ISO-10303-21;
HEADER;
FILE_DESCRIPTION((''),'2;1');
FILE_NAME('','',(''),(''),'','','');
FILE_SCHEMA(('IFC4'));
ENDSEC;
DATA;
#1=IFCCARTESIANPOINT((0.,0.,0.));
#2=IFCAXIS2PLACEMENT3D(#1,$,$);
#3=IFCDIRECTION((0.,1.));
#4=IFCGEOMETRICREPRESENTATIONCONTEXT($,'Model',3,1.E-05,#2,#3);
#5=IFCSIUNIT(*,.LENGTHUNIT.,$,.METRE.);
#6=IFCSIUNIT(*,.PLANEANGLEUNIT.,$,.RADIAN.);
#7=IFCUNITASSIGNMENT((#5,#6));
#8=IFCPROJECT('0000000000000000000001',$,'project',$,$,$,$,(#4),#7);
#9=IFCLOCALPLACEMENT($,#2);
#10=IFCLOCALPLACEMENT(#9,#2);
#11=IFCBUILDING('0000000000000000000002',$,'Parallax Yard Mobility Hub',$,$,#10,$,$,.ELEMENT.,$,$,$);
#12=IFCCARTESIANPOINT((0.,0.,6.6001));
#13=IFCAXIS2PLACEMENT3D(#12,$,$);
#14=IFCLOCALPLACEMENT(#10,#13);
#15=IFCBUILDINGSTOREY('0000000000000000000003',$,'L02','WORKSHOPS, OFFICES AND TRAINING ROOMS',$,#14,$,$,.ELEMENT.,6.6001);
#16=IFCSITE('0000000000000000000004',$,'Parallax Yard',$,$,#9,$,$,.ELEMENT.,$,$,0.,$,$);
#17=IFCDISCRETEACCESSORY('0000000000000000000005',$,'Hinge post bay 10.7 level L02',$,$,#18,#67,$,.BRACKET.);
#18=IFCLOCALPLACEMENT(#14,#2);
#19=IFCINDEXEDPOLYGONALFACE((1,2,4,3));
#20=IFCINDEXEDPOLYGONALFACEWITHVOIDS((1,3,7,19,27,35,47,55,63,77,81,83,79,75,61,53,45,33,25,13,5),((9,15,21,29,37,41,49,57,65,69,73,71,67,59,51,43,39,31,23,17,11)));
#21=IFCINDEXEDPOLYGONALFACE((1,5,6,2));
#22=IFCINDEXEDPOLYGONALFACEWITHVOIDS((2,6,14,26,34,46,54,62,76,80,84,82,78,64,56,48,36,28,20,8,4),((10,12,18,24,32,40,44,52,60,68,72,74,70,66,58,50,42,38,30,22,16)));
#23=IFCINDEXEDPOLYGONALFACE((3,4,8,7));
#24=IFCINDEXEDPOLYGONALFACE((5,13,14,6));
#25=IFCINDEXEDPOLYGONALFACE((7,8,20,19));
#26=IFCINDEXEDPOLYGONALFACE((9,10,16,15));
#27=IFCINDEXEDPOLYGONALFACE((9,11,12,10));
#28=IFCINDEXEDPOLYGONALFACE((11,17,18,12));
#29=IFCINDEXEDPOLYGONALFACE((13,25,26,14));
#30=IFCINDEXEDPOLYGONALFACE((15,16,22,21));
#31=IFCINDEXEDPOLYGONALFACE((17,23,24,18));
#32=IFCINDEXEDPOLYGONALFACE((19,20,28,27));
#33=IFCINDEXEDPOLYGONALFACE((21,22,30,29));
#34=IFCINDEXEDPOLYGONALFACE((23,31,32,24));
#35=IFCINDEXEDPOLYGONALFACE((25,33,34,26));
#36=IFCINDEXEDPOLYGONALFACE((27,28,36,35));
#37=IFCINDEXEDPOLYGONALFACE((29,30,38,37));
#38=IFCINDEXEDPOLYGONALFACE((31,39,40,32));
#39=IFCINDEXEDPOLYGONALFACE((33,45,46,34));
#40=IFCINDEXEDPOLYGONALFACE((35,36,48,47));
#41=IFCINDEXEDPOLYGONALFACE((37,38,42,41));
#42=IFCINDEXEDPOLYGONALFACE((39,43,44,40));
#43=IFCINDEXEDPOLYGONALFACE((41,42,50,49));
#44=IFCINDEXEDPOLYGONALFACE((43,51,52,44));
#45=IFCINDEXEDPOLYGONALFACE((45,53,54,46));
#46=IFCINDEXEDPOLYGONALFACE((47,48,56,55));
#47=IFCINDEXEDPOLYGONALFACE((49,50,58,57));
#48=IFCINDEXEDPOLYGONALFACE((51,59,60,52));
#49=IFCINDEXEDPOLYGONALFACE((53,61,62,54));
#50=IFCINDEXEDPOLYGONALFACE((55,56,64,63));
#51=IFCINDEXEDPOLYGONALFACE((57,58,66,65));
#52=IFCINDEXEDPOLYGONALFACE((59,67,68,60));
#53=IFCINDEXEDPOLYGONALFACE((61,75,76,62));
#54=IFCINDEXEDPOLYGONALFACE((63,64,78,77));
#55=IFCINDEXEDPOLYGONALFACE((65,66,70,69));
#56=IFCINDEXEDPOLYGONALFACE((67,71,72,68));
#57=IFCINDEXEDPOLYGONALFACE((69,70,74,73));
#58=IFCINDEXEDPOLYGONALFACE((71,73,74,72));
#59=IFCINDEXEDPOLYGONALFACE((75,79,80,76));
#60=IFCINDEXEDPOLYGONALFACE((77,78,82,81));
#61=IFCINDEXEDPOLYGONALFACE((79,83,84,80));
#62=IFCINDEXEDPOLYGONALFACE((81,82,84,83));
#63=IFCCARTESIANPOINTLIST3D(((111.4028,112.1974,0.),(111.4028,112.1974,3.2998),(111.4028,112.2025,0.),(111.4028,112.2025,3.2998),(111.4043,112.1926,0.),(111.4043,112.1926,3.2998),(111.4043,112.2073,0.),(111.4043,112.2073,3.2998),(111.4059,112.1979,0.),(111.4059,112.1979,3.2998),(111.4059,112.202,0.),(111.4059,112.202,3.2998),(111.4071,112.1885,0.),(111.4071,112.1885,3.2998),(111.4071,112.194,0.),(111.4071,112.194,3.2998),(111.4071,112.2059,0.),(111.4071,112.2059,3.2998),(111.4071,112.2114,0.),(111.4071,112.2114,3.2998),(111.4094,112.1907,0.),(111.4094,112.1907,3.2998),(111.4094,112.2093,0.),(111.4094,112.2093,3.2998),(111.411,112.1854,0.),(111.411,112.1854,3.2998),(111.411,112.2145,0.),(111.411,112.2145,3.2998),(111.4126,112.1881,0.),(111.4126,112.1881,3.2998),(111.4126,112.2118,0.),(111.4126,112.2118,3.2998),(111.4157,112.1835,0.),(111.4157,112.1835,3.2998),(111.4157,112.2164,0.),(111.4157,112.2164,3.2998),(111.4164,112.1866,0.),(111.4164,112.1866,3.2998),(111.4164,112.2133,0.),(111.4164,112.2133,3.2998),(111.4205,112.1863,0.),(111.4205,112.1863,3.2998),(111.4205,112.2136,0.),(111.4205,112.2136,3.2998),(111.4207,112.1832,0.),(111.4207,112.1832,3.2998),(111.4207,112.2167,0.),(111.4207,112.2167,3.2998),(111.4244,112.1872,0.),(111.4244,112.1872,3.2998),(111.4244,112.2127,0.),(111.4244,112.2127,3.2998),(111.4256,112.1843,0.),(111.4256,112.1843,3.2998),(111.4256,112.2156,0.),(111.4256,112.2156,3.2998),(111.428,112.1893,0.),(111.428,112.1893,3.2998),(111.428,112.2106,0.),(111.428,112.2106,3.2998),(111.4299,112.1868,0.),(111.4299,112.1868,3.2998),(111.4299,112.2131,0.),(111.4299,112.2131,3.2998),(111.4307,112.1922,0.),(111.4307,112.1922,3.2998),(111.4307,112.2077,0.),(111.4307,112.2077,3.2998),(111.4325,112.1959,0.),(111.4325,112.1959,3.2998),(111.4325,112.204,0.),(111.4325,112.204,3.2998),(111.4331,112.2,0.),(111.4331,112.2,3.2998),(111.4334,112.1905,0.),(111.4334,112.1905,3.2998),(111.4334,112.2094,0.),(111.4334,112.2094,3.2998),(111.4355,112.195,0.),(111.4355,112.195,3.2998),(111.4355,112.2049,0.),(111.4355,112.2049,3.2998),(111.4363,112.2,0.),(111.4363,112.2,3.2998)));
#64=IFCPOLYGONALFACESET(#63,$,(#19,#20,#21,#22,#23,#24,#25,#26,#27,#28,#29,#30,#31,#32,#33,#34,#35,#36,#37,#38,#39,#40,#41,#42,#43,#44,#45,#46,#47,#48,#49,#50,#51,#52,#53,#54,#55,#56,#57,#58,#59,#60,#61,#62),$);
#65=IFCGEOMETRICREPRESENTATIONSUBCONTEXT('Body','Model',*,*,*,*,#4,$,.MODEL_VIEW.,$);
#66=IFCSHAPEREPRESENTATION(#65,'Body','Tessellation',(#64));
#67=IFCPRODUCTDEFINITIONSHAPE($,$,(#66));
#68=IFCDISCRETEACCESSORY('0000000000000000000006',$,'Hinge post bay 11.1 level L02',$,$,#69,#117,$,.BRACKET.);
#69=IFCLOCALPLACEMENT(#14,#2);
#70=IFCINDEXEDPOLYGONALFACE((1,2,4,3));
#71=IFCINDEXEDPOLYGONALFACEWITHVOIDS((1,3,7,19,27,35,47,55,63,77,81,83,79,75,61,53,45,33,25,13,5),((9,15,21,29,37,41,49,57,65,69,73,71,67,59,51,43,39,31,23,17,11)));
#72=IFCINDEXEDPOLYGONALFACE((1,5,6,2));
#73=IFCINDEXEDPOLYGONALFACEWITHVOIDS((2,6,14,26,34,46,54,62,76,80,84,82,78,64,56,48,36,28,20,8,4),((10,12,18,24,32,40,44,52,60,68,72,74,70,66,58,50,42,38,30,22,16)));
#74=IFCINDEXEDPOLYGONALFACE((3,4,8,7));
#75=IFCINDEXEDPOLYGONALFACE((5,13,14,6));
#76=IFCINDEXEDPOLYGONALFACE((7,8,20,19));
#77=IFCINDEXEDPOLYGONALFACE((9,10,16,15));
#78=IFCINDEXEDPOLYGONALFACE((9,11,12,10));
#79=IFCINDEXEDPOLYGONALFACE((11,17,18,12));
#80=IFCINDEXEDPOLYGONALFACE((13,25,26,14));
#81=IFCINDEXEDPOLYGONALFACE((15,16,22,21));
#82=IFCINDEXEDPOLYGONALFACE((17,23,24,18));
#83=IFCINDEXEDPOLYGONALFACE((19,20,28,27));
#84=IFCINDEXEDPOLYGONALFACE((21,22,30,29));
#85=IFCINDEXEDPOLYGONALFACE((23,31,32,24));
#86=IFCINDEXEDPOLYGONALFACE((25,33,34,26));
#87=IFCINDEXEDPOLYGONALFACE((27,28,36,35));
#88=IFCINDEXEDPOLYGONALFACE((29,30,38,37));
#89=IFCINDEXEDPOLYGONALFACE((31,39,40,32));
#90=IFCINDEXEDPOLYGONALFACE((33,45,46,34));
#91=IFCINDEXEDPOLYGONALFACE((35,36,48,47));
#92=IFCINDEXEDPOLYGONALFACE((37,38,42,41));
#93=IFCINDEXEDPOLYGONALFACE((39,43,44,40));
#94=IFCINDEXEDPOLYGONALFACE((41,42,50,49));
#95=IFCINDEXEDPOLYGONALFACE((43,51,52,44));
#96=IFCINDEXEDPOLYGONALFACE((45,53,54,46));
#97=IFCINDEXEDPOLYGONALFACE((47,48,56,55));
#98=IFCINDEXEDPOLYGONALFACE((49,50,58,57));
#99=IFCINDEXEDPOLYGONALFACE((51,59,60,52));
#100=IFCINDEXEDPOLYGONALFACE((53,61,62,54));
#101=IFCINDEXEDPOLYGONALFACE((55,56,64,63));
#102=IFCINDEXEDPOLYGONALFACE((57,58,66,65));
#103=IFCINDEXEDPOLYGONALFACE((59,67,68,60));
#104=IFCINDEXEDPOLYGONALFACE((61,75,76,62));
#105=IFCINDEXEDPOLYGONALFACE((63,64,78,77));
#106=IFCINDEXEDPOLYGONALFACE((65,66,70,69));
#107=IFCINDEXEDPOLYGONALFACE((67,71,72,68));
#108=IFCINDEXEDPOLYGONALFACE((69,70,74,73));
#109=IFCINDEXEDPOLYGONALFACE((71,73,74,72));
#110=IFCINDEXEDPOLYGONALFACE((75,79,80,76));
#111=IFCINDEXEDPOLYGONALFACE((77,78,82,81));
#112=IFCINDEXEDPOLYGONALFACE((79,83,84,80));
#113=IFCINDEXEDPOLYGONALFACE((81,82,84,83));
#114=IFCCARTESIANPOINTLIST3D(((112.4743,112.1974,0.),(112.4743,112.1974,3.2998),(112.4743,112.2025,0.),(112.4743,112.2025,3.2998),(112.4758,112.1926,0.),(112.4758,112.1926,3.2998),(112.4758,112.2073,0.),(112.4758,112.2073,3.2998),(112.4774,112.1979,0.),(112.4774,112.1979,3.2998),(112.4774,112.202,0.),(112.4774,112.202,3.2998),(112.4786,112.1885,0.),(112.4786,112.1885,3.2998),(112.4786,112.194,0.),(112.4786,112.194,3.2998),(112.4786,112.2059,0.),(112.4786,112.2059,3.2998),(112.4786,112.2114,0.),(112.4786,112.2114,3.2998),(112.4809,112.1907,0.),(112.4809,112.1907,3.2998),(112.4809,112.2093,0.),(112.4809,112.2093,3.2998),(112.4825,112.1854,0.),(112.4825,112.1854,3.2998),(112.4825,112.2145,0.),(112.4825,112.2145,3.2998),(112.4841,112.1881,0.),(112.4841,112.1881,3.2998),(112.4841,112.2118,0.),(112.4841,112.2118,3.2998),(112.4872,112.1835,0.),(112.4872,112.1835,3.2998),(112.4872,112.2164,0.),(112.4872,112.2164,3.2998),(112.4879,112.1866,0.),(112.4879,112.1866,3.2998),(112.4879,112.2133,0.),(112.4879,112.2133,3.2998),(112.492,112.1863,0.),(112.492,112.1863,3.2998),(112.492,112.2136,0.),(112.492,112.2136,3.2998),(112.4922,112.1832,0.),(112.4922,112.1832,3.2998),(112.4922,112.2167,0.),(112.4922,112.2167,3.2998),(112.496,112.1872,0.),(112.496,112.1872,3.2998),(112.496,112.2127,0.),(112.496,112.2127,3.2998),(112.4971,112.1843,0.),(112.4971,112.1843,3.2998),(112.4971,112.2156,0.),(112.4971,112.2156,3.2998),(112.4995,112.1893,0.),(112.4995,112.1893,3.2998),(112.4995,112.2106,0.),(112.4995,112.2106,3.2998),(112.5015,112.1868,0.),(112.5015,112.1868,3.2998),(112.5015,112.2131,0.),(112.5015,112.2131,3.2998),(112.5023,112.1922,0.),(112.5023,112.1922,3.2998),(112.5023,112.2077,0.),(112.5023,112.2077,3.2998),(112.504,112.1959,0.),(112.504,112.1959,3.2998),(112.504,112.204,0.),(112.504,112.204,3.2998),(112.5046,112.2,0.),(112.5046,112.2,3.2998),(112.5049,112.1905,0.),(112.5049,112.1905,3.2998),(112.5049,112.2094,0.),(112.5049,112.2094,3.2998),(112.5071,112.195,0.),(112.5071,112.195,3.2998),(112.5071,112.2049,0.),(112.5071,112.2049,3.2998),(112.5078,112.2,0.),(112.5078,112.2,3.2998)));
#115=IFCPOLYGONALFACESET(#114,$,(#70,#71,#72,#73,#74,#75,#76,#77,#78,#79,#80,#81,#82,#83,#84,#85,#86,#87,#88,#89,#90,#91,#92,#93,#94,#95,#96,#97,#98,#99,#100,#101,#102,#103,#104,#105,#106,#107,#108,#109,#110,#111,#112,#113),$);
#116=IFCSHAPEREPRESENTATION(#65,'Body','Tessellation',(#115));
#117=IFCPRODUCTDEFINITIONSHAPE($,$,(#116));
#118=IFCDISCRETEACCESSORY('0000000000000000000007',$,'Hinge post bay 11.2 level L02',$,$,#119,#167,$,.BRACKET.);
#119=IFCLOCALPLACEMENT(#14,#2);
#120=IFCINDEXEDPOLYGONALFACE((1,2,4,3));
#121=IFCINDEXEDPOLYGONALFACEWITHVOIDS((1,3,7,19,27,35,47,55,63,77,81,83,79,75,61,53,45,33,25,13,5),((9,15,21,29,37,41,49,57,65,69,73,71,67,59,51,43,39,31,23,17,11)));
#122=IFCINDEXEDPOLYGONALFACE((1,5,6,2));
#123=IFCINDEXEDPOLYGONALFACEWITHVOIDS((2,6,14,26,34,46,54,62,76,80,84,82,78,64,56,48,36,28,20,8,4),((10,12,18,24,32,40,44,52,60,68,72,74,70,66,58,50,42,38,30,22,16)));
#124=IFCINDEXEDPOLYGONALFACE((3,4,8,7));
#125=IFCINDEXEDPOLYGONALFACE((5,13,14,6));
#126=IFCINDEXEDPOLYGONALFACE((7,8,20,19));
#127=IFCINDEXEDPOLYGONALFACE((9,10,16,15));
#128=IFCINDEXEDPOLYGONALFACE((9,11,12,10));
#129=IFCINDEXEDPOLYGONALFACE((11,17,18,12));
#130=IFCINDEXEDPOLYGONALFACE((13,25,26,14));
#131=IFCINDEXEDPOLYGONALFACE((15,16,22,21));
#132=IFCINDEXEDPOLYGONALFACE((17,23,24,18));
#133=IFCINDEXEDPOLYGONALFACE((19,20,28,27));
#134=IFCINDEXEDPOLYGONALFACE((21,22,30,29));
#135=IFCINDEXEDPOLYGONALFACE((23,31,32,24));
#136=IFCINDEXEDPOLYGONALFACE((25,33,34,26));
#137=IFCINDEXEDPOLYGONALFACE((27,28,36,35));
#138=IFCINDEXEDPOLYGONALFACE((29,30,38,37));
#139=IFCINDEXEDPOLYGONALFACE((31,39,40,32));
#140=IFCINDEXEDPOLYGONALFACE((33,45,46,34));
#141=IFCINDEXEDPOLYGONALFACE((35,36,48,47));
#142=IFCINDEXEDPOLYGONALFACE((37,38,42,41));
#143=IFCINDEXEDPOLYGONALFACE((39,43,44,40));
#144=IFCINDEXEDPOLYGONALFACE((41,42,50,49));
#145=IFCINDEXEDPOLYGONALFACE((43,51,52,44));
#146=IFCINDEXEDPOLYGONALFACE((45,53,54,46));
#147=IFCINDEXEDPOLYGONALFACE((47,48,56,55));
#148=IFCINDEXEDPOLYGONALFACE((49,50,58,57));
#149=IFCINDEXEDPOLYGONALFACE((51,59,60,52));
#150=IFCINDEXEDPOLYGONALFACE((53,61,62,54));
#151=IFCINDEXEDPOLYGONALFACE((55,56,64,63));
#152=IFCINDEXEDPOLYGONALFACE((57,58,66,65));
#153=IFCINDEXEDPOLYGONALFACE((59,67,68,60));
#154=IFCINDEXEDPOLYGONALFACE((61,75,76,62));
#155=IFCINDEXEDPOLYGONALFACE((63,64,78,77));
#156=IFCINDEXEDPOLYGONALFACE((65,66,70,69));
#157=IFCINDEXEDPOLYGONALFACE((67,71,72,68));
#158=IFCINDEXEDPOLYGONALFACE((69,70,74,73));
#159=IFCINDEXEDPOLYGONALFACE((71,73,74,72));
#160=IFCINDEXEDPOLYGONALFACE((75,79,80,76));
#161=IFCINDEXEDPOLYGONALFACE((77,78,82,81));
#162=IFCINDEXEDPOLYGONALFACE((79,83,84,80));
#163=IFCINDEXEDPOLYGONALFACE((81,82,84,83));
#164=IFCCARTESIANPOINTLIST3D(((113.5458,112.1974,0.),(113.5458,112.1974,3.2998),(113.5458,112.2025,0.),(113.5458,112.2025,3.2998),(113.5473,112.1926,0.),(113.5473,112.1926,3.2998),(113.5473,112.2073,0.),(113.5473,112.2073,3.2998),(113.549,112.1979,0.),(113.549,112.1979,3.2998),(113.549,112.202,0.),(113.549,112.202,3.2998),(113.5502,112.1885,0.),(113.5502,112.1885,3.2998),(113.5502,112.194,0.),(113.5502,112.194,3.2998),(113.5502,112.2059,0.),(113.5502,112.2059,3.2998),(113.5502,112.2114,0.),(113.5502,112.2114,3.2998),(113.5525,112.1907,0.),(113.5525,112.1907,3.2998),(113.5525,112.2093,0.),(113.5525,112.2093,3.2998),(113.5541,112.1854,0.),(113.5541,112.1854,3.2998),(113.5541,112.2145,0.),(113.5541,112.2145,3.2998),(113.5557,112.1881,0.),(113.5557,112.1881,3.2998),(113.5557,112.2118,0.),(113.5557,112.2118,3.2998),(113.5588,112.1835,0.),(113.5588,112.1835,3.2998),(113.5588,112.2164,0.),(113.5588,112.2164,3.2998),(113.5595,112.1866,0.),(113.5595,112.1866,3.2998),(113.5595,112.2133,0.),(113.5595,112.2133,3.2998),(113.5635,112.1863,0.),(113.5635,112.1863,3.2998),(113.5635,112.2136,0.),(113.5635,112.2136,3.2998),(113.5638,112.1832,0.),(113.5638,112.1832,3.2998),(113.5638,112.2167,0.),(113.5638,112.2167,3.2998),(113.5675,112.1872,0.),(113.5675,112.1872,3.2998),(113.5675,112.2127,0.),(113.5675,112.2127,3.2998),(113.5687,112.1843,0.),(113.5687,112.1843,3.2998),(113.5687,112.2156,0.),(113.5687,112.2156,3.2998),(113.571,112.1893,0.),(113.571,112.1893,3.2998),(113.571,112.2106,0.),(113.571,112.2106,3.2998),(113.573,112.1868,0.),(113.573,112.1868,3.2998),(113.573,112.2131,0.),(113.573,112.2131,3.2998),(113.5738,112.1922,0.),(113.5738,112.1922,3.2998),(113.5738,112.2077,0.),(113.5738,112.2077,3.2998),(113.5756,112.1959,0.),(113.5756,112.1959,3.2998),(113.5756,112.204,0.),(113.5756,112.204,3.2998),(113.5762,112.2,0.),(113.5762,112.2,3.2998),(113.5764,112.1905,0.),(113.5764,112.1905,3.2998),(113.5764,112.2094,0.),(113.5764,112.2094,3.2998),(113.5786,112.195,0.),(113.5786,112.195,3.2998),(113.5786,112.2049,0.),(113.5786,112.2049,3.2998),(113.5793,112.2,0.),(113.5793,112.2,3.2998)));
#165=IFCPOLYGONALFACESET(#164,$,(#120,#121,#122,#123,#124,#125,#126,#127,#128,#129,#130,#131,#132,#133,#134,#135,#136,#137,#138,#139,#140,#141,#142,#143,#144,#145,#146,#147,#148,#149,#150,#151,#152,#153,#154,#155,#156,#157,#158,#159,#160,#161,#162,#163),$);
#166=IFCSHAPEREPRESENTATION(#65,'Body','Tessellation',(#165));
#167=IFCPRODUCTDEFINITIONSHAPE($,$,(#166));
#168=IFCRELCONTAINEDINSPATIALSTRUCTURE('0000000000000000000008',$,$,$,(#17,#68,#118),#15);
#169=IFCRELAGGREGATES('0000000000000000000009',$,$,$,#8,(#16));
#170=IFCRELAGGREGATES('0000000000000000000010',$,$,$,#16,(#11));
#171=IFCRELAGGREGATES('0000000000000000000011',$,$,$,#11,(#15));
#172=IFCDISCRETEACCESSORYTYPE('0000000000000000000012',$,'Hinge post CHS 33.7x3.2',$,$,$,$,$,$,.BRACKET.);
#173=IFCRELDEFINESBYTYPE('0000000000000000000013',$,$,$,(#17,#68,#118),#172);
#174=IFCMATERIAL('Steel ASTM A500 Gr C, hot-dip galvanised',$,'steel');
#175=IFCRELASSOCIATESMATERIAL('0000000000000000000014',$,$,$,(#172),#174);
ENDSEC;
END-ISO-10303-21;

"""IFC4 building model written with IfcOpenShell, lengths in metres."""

from ifc_helpers import new_model, si_unit, direction, frame, origin, origin_2d, place, context, subcontext, project, spatial, hollow_circle, extrude, material, material_profile, profile_set, type_object, element, save


model = new_model("IFC4")

# Units and contexts
model_context = context("Model", 3, precision=1e-05, world=origin(), true_north=direction((0.0, 1.0)))
body_context = subcontext(model_context, "Body", "Model", "MODEL_VIEW")
ifc_project = project(units=[si_unit("LENGTHUNIT", "METRE"), si_unit("PLANEANGLEUNIT", "RADIAN")], contexts=[model_context])

# Site, building, storey
site_placement = place(None, origin())
site = spatial("IfcSite", under=ifc_project, at=site_placement, Name="Parallax Yard", CompositionType="ELEMENT", RefElevation=0.0)
building_placement = place(site_placement, origin())
building = spatial("IfcBuilding", under=site, at=building_placement, Name="Parallax Yard Mobility Hub", CompositionType="ELEMENT")
storey_placement = place(building_placement, frame((0.0, 0.0, 6.6001)))
storey = spatial("IfcBuildingStorey", under=building, at=storey_placement, Name="L02", Description="WORKSHOPS, OFFICES AND TRAINING ROOMS", CompositionType="ELEMENT", Elevation=6.6001)

# Discrete accessories
ifc_material_1 = material(Name="Steel ASTM A500 Gr C, hot-dip galvanised", Category="steel")
ifc_material_profile_1 = material_profile(ifc_material_1, hollow_circle(Radius=0.0168, WallThickness=0.0032, at=origin_2d()), Name="CHS 33.7x3.2")
ifc_profile_set_1 = profile_set([ifc_material_profile_1], Name="Steel ASTM A500 Gr C, hot-dip galvanised")
discrete_accessory_type_1 = type_object("IfcDiscreteAccessoryType", Name="Hinge post CHS 33.7x3.2", PredefinedType="BRACKET", material=ifc_profile_set_1)
for number, where, z_axis, x_axis, name in (
    (1, (111.4194, 112.2, 0.0), (0.0, 0.0, 1.0), (1.0, 0.0, 0.0), "Hinge post bay 10.7 level L02"),
    (2, (112.491, 112.2, 0.0), (0.0, 0.0, 1.0), (1.0, 0.0, 0.0), "Hinge post bay 11.1 level L02"),
    (3, (113.5625, 112.2, 0.0), (0.0, 0.0, 1.0), (1.0, 0.0, 0.0), "Hinge post bay 11.2 level L02"),
):
    element("IfcDiscreteAccessory", number, at=place(storey_placement, frame(where, z_axis=z_axis, x_axis=x_axis)), inside=storey, type_object=discrete_accessory_type_1, Name=name, PredefinedType="BRACKET", context=body_context, shape_type="SweptSolid", body=[
        extrude(hollow_circle(Radius=0.0168, WallThickness=0.0032, at=origin_2d()), origin(), (0.0, 0.0, 1.0), 3.2998),
    ])

save(model, "model.ifc")
